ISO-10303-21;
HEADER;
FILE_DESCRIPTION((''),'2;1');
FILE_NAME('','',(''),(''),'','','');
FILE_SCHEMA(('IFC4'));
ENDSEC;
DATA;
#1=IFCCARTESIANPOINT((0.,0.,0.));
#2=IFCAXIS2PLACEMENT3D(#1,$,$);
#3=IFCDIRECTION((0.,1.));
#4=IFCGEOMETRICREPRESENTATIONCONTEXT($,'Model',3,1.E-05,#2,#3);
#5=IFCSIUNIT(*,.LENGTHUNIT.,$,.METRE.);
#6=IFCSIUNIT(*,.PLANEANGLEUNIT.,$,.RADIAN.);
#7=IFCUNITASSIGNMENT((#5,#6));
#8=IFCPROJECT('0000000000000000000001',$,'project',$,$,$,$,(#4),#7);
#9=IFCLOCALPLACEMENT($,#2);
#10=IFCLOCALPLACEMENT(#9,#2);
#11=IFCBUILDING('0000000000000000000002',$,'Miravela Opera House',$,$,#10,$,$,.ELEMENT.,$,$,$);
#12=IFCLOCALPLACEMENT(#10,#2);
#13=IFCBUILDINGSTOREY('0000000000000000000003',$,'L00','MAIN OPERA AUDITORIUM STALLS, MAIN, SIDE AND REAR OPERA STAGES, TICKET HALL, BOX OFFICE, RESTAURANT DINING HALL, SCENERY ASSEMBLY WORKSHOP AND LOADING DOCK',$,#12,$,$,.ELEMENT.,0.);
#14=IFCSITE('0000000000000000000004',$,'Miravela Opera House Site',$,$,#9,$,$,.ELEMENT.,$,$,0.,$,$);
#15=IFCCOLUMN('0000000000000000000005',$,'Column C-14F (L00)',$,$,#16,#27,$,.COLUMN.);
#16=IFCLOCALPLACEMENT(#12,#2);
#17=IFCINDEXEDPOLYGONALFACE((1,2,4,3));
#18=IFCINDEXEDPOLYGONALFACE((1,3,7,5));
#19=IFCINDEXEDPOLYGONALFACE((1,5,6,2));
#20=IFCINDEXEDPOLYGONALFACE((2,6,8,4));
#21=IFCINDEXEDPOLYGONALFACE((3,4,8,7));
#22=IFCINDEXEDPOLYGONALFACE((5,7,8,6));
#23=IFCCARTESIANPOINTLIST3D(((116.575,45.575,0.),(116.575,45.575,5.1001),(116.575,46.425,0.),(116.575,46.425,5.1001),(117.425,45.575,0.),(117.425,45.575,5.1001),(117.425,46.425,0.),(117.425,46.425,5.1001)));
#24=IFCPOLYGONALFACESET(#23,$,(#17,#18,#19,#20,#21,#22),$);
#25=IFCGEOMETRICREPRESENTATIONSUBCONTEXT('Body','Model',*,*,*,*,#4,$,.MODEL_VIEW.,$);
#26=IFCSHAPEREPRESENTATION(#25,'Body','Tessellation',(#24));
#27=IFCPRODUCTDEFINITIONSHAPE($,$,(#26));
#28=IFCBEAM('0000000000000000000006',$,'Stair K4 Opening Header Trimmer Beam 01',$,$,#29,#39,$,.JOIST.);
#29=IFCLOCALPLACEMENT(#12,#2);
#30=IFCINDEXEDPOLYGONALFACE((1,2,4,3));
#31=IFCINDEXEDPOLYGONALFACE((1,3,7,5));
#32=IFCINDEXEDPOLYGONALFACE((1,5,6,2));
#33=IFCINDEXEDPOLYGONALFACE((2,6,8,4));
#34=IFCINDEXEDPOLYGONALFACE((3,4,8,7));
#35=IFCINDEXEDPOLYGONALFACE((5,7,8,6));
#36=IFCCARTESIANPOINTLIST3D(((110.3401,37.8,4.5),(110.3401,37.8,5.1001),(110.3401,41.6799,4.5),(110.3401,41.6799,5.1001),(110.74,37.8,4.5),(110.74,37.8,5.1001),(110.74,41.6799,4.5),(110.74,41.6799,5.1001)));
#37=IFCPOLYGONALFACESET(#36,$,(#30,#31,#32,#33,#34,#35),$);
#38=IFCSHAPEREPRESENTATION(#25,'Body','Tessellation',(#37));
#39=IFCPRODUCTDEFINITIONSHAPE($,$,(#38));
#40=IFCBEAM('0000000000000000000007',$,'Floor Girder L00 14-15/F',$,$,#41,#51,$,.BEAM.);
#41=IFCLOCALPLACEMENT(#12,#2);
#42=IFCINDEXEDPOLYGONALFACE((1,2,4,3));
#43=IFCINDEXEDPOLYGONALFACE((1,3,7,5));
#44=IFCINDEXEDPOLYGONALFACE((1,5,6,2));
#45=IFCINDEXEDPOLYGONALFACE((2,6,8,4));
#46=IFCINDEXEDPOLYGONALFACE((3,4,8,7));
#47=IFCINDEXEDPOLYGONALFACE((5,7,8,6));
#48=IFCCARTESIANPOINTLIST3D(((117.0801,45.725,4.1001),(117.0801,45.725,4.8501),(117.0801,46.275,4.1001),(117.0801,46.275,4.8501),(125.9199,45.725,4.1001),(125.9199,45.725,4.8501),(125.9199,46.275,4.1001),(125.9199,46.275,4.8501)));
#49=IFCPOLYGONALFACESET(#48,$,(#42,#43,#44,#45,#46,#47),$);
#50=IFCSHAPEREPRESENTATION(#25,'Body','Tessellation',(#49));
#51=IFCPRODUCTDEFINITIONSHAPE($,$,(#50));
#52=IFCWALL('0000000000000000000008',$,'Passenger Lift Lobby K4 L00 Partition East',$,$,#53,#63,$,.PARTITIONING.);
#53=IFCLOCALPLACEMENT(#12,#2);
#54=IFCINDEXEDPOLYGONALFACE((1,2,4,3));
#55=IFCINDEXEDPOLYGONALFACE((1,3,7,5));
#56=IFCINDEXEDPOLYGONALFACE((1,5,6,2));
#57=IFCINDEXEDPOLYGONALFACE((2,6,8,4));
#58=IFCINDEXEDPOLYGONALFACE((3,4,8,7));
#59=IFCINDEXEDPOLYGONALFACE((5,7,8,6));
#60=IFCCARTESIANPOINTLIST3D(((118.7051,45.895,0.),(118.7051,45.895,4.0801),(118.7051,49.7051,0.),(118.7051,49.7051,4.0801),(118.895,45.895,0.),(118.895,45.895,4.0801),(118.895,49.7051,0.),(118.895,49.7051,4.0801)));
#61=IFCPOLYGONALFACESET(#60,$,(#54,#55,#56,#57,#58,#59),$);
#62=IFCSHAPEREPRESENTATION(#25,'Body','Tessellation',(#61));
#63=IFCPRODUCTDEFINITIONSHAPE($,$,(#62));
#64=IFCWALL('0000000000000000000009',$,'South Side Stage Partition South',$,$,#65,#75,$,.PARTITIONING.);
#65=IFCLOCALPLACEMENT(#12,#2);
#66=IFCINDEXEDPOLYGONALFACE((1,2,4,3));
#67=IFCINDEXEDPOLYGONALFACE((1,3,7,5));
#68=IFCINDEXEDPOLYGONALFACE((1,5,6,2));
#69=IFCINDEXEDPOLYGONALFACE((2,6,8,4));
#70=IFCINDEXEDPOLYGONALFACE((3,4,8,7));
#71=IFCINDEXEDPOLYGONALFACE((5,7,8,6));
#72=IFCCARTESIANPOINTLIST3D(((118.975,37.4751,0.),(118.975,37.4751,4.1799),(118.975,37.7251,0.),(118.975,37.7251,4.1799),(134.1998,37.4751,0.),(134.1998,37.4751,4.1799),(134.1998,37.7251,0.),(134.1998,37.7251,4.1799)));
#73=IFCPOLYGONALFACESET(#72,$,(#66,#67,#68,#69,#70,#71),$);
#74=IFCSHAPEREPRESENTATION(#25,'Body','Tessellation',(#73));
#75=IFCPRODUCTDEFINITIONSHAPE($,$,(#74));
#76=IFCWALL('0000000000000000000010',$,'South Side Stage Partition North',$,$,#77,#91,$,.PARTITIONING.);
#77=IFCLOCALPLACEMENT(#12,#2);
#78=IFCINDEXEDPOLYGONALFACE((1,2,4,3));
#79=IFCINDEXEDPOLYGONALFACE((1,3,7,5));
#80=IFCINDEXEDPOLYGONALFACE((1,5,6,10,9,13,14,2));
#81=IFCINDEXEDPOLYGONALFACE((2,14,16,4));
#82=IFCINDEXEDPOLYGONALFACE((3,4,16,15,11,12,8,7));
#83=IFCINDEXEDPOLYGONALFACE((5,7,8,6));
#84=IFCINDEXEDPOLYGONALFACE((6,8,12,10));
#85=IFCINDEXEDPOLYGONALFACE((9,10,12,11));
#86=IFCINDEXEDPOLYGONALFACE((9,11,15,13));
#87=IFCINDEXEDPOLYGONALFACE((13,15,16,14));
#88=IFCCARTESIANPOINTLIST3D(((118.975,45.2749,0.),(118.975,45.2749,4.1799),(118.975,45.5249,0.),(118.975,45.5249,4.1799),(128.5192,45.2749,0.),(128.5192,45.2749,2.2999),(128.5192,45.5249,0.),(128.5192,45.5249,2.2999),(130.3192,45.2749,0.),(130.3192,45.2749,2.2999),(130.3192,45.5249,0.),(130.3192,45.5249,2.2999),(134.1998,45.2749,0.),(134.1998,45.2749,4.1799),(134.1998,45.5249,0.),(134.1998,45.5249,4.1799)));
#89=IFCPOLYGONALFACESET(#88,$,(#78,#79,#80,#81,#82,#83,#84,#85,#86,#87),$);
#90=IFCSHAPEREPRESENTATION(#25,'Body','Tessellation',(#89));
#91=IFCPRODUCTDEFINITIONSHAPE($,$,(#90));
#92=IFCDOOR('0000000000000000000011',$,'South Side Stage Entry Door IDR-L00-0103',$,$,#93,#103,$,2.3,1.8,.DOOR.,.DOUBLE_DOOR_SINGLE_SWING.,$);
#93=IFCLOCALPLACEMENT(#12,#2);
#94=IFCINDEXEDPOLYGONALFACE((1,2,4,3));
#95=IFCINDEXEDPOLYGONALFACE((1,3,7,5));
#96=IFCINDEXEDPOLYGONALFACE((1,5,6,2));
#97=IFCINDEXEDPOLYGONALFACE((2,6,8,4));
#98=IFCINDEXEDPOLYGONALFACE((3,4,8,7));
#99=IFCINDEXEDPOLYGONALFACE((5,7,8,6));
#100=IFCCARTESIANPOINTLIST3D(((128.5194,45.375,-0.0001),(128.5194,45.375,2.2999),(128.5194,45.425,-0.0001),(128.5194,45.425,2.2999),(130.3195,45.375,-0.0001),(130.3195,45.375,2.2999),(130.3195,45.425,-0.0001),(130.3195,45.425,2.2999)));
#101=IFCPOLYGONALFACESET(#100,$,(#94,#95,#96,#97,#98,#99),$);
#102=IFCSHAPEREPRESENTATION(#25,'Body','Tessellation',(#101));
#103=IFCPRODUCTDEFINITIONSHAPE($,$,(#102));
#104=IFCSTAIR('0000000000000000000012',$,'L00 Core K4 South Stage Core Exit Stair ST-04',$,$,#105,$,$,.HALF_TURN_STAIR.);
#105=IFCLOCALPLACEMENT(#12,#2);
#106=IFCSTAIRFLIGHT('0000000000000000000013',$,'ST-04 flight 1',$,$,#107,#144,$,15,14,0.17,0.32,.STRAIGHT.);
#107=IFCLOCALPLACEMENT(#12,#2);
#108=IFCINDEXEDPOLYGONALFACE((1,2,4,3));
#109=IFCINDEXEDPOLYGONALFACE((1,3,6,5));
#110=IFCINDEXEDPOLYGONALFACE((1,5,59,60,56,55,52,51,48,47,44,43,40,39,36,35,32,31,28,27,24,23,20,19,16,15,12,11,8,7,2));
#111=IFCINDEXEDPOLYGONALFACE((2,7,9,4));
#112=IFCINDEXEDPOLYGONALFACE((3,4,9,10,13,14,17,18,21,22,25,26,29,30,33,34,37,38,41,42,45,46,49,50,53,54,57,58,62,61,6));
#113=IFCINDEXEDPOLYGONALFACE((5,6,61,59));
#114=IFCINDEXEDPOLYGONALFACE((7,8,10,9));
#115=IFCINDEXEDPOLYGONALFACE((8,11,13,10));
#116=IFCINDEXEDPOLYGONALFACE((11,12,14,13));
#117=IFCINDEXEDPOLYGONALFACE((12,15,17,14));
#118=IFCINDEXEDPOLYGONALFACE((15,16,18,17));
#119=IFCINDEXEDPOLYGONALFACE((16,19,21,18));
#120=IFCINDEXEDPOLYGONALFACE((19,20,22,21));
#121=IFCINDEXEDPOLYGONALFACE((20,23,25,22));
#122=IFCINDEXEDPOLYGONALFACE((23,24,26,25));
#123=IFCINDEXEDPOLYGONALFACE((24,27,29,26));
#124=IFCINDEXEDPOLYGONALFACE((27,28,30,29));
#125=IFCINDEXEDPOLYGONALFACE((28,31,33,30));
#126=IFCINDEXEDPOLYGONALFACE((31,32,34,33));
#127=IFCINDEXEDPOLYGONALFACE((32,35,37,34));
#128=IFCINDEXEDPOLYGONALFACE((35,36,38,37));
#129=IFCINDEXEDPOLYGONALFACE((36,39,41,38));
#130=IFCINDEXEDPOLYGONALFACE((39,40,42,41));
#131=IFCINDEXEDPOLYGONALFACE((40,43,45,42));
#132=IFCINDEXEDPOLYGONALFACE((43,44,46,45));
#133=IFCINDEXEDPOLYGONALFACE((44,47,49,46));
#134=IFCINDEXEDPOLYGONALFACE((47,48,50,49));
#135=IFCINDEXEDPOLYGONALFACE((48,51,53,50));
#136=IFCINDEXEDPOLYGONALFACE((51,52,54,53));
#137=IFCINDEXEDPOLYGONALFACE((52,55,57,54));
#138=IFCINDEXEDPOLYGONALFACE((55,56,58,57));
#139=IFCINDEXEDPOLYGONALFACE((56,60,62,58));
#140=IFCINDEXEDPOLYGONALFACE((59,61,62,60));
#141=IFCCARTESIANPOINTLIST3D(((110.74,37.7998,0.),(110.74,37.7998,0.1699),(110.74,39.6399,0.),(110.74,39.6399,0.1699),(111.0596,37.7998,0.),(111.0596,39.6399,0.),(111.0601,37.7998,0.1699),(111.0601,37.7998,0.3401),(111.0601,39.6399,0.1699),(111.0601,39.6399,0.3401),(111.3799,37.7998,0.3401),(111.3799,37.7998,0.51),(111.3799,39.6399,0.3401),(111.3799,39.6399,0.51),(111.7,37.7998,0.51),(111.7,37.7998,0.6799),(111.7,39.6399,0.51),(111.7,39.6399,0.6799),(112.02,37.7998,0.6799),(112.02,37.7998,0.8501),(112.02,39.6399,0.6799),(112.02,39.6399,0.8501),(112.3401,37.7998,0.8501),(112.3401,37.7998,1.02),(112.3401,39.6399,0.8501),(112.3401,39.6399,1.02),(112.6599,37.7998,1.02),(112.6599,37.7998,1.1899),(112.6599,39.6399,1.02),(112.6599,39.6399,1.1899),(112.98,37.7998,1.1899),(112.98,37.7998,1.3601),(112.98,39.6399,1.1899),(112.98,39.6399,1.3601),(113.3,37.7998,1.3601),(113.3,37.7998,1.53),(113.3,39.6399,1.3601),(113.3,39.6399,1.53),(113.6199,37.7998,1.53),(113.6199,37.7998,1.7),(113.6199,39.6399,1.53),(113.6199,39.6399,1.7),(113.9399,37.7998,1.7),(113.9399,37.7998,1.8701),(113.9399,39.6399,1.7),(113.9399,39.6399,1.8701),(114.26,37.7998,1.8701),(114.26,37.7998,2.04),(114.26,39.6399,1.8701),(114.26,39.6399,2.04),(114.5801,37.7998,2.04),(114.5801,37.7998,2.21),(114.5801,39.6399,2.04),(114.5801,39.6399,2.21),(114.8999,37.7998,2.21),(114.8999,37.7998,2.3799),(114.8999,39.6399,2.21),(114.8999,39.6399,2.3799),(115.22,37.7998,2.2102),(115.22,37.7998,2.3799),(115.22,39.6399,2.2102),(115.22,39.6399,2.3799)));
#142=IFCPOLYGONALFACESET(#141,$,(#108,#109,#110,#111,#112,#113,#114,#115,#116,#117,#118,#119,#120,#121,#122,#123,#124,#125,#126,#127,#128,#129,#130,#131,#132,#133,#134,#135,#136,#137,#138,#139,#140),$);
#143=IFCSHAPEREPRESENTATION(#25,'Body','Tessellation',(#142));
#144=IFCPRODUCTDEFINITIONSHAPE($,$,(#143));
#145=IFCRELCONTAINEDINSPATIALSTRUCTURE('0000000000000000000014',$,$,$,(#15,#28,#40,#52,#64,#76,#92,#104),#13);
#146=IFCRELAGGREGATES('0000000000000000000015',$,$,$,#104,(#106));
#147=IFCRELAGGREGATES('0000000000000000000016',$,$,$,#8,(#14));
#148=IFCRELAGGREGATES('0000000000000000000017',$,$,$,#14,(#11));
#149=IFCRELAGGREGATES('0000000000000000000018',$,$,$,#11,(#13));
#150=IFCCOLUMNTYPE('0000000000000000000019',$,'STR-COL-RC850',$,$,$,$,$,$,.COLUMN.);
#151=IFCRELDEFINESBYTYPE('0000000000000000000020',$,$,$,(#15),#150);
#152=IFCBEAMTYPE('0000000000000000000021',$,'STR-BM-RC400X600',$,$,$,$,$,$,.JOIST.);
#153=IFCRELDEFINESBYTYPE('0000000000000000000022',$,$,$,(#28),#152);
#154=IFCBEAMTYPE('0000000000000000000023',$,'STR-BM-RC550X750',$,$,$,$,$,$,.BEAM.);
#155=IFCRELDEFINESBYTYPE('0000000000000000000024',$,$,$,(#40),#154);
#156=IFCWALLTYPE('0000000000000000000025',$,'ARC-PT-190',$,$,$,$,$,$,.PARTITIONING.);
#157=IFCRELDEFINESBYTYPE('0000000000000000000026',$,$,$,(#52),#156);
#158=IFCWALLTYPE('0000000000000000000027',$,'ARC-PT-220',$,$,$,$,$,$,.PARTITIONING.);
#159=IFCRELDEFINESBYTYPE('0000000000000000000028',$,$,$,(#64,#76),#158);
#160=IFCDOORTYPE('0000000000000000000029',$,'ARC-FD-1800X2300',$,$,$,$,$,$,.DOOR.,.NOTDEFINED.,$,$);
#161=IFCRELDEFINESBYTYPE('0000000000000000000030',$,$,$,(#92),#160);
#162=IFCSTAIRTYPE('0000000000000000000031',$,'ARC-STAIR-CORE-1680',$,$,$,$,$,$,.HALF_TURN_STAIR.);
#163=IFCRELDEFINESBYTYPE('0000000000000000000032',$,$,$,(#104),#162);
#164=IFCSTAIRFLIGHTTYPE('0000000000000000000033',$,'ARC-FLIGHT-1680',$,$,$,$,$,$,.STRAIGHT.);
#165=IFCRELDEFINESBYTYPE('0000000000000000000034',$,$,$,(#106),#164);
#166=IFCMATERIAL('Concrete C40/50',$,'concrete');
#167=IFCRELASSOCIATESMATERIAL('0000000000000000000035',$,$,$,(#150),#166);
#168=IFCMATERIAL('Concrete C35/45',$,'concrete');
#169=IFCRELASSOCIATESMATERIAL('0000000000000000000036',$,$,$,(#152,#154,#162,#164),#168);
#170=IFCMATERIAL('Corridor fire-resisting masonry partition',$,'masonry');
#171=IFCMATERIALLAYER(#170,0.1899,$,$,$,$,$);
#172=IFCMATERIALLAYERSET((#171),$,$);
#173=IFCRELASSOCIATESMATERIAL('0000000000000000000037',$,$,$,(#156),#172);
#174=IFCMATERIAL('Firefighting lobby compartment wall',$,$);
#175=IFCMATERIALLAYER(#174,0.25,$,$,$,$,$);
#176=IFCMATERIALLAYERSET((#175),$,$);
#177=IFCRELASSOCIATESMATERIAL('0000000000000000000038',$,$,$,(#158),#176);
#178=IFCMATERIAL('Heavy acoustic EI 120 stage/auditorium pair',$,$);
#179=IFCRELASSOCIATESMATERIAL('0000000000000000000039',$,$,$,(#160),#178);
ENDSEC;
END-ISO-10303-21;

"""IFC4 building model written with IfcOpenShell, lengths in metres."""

from ifc_helpers import new_model, si_unit, direction, frame, frame_2d, origin, origin_2d, place, context, subcontext, project, spatial, polyline, rectangle, outline, extrude, material, layer, layer_set, material_profile, profile_set, type_object, element, fill, aggregate, save


model = new_model("IFC4")

# Units and contexts
model_context = context("Model", 3, precision=1e-05, world=origin(), true_north=direction((0.0, 1.0)))
body_context = subcontext(model_context, "Body", "Model", "MODEL_VIEW")
ifc_project = project(units=[si_unit("LENGTHUNIT", "METRE"), si_unit("PLANEANGLEUNIT", "RADIAN")], contexts=[model_context])

# Site, building, storey
site_placement = place(None, origin())
site = spatial("IfcSite", under=ifc_project, at=site_placement, Name="Miravela Opera House Site", CompositionType="ELEMENT", RefElevation=0.0)
building_placement = place(site_placement, origin())
building = spatial("IfcBuilding", under=site, at=building_placement, Name="Miravela Opera House", CompositionType="ELEMENT")
storey_placement = place(building_placement, origin())
storey = spatial("IfcBuildingStorey", under=building, at=storey_placement, Name="L00", Description="MAIN OPERA AUDITORIUM STALLS, MAIN, SIDE AND REAR OPERA STAGES, TICKET HALL, BOX OFFICE, RESTAURANT DINING HALL, SCENERY ASSEMBLY WORKSHOP AND LOADING DOCK", CompositionType="ELEMENT", Elevation=0.0)

# Column
ifc_material_1 = material(Name="Concrete C40/50", Category="concrete")
ifc_material_profile_1 = material_profile(ifc_material_1, rectangle(XDim=0.8501, YDim=0.8501, at=origin_2d()), Name="RC-COL-850X850")
ifc_profile_set_1 = profile_set([ifc_material_profile_1])
column_type_1 = type_object("IfcColumnType", Name="STR-COL-RC850", PredefinedType="COLUMN", material=ifc_profile_set_1)
column_placement = place(storey_placement, frame((117.0, 46.0, 0.0), z_axis=(0.0, 0.0, 1.0), x_axis=(1.0, 0.0, 0.0)))
element("IfcColumn", 1, at=column_placement, inside=storey, type_object=column_type_1, Name="Column C-14F (L00)", PredefinedType="COLUMN", context=body_context, shape_type="SweptSolid", body=[
    extrude(rectangle(XDim=0.8501, YDim=0.8501, at=origin_2d()), origin(), (0.0, 0.0, 1.0), 5.1001),
])

# Beams
ifc_material_2 = material(Name="Concrete C35/45", Category="concrete")
ifc_material_profile_2 = material_profile(ifc_material_2, rectangle(XDim=0.3999, YDim=0.6001, at=origin_2d()), Name="RC-BM-400X600")
ifc_profile_set_2 = profile_set([ifc_material_profile_2])
beam_type_1 = type_object("IfcBeamType", Name="STR-BM-RC400X600", PredefinedType="JOIST", material=ifc_profile_set_2)
beam_1_placement = place(storey_placement, frame((110.54, 37.8, 4.8), z_axis=(0.0, 1.0, 0.0), x_axis=(-1.0, 0.0, 0.0)))
element("IfcBeam", 2, at=beam_1_placement, inside=storey, type_object=beam_type_1, Name="Stair K4 Opening Header Trimmer Beam 01", PredefinedType="JOIST", context=body_context, shape_type="SweptSolid", body=[
    extrude(rectangle(XDim=0.3999, YDim=0.6001, at=origin_2d()), origin(), (0.0, 0.0, 1.0), 3.8799),
])
ifc_material_profile_3 = material_profile(ifc_material_2, rectangle(XDim=0.55, YDim=0.75, at=origin_2d()), Name="RC-BM-550X750")
ifc_profile_set_3 = profile_set([ifc_material_profile_3])
beam_type_2 = type_object("IfcBeamType", Name="STR-BM-RC550X750", PredefinedType="BEAM", material=ifc_profile_set_3)
beam_2_placement = place(storey_placement, frame((117.0801, 46.0, 4.4751), z_axis=(1.0, 0.0, 0.0), x_axis=(0.0, 1.0, 0.0)))
element("IfcBeam", 3, at=beam_2_placement, inside=storey, type_object=beam_type_2, Name="Floor Girder L00 14-15/F", PredefinedType="BEAM", context=body_context, shape_type="SweptSolid", body=[
    extrude(rectangle(XDim=0.55, YDim=0.75, at=origin_2d()), origin(), (0.0, 0.0, 1.0), 8.8398),
])

# Walls
ifc_material_3 = material(Name="Corridor fire-resisting masonry partition", Category="masonry")
ifc_layer_1 = layer(ifc_material_3, 0.1899)
ifc_layer_set_1 = layer_set([ifc_layer_1])
wall_type_1 = type_object("IfcWallType", Name="ARC-PT-190", PredefinedType="PARTITIONING", material=ifc_layer_set_1)
wall_1_placement = place(storey_placement, frame((118.8, 45.895, 0.0), z_axis=(0.0, 0.0, 1.0), x_axis=(0.0, 1.0, 0.0)))
element("IfcWall", 4, at=wall_1_placement, inside=storey, type_object=wall_type_1, Name="Passenger Lift Lobby K4 L00 Partition East", PredefinedType="PARTITIONING", context=body_context, shape_type="SweptSolid", body=[
    extrude(rectangle(XDim=3.8101, YDim=0.1899, at=frame_2d((1.905, 0.0))), origin(), (0.0, 0.0, 1.0), 4.0801),
])
ifc_material_4 = material(Name="Firefighting lobby compartment wall")
ifc_layer_2 = layer(ifc_material_4, 0.25)
ifc_layer_set_2 = layer_set([ifc_layer_2])
wall_type_2 = type_object("IfcWallType", Name="ARC-PT-220", PredefinedType="PARTITIONING", material=ifc_layer_set_2)
wall_2_placement = place(storey_placement, frame((118.9751, 37.6001, 0.0), z_axis=(0.0, 0.0, 1.0), x_axis=(1.0, 0.0, 0.0)))
element("IfcWall", 5, at=wall_2_placement, inside=storey, type_object=wall_type_2, Name="South Side Stage Partition South", PredefinedType="PARTITIONING", context=body_context, shape_type="SweptSolid", body=[
    extrude(rectangle(XDim=15.2249, YDim=0.25, at=frame_2d((7.6123, 0.0))), origin(), (0.0, 0.0, 1.0), 4.1799),
])

# Wall, opening, door
wall_3_placement = place(storey_placement, frame((118.9751, 45.3999, 0.0), z_axis=(0.0, 0.0, 1.0), x_axis=(1.0, 0.0, 0.0)))
wall_3 = element("IfcWall", 6, at=wall_3_placement, inside=storey, type_object=wall_type_2, Name="South Side Stage Partition North", PredefinedType="PARTITIONING", context=body_context, shape_type="SweptSolid", body=[
    extrude(rectangle(XDim=15.2249, YDim=0.25, at=frame_2d((7.6123, 0.0))), origin(), (0.0, 0.0, 1.0), 4.1799),
])
opening_placement = place(wall_3_placement, frame((9.5442, 0.0, 0.0)))
opening = element("IfcOpeningElement", 7, at=opening_placement, cuts=wall_3, PredefinedType="OPENING", context=body_context, shape_type="SweptSolid", body=[
    extrude(rectangle(XDim=1.8, YDim=2.3, at=frame_2d((0.8999, 1.1499))), frame((0.0, 0.135, 0.0), z_axis=(0.0, -1.0, 0.0), x_axis=(1.0, 0.0, 0.0)), (0.0, 0.0, 1.0), 0.27),
])
ifc_material_5 = material(Name="Heavy acoustic EI 120 stage/auditorium pair")
door_type = type_object("IfcDoorType", Name="ARC-FD-1800X2300", OperationType="NOTDEFINED", PredefinedType="DOOR", material=ifc_material_5)
door_placement = place(opening_placement, frame((1.8, 0.0, 0.0), z_axis=(0.0, 0.0, 1.0), x_axis=(-1.0, 0.0, 0.0)))
door = element("IfcDoor", 8, at=door_placement, inside=storey, type_object=door_type, Name="South Side Stage Entry Door IDR-L00-0103", OperationType="DOUBLE_DOOR_SINGLE_SWING", OverallHeight=2.3, OverallWidth=1.8, PredefinedType="DOOR", context=body_context, shape_type="SweptSolid", body=[
    extrude(rectangle(XDim=1.8, YDim=2.3, at=frame_2d((0.8999, 1.1499))), frame((0.0, 0.0249, 0.0), z_axis=(0.0, -1.0, 0.0), x_axis=(1.0, 0.0, 0.0)), (0.0, 0.0, 1.0), 0.05),
])
fill(opening, door)

# Stair, stair flight
stair_type = type_object("IfcStairType", Name="ARC-STAIR-CORE-1680", PredefinedType="HALF_TURN_STAIR", material=ifc_material_2)
stair_placement = place(storey_placement, origin())
stair = element("IfcStair", 9, at=stair_placement, inside=storey, type_object=stair_type, Name="L00 Core K4 South Stage Core Exit Stair ST-04", PredefinedType="HALF_TURN_STAIR")
stair_flight_type = type_object("IfcStairFlightType", Name="ARC-FLIGHT-1680", PredefinedType="STRAIGHT", material=ifc_material_2)
stair_flight_1_placement = place(storey_placement, frame((110.74, 38.72, 0.0), z_axis=(0.0, 0.0, 1.0), x_axis=(1.0, 0.0, 0.0)))
stair_flight_1 = element("IfcStairFlight", 10, at=stair_flight_1_placement, type_object=stair_flight_type, Name="ST-04 flight 1", NumberOfRisers=15, NumberOfTreads=14, PredefinedType="STRAIGHT", RiserHeight=0.17, TreadLength=0.32, context=body_context, shape_type="SweptSolid", body=[
    extrude(outline(polyline([(0.0, 0.0), (0.0, 0.1699), (0.3201, 0.1699), (0.3201, 0.3401), (0.6399, 0.3401), (0.6399, 0.51), (0.96, 0.51), (0.96, 0.6799), (1.28, 0.6799), (1.28, 0.8501), (1.6001, 0.8501), (1.6001, 1.02), (1.9199, 1.02), (1.9199, 1.1899), (2.24, 1.1899), (2.24, 1.3601), (2.5601, 1.3601), (2.5601, 1.53), (2.8799, 1.53), (2.8799, 1.7), (3.2, 1.7), (3.2, 1.8701), (3.52, 1.8701), (3.52, 2.04), (3.8401, 2.04), (3.8401, 2.21), (4.1599, 2.21), (4.1599, 2.3799), (4.48, 2.3799), (4.48, 2.55), (4.48, 2.2102), (0.3196, 0.0), (0.0, 0.0)])), frame((0.0, 0.9199, 0.0), z_axis=(0.0, -1.0, 0.0), x_axis=(1.0, 0.0, 0.0)), (0.0, 0.0, 1.0), 1.8401),
])
aggregate(stair, [stair_flight_1])

save(model, "model.ifc")
